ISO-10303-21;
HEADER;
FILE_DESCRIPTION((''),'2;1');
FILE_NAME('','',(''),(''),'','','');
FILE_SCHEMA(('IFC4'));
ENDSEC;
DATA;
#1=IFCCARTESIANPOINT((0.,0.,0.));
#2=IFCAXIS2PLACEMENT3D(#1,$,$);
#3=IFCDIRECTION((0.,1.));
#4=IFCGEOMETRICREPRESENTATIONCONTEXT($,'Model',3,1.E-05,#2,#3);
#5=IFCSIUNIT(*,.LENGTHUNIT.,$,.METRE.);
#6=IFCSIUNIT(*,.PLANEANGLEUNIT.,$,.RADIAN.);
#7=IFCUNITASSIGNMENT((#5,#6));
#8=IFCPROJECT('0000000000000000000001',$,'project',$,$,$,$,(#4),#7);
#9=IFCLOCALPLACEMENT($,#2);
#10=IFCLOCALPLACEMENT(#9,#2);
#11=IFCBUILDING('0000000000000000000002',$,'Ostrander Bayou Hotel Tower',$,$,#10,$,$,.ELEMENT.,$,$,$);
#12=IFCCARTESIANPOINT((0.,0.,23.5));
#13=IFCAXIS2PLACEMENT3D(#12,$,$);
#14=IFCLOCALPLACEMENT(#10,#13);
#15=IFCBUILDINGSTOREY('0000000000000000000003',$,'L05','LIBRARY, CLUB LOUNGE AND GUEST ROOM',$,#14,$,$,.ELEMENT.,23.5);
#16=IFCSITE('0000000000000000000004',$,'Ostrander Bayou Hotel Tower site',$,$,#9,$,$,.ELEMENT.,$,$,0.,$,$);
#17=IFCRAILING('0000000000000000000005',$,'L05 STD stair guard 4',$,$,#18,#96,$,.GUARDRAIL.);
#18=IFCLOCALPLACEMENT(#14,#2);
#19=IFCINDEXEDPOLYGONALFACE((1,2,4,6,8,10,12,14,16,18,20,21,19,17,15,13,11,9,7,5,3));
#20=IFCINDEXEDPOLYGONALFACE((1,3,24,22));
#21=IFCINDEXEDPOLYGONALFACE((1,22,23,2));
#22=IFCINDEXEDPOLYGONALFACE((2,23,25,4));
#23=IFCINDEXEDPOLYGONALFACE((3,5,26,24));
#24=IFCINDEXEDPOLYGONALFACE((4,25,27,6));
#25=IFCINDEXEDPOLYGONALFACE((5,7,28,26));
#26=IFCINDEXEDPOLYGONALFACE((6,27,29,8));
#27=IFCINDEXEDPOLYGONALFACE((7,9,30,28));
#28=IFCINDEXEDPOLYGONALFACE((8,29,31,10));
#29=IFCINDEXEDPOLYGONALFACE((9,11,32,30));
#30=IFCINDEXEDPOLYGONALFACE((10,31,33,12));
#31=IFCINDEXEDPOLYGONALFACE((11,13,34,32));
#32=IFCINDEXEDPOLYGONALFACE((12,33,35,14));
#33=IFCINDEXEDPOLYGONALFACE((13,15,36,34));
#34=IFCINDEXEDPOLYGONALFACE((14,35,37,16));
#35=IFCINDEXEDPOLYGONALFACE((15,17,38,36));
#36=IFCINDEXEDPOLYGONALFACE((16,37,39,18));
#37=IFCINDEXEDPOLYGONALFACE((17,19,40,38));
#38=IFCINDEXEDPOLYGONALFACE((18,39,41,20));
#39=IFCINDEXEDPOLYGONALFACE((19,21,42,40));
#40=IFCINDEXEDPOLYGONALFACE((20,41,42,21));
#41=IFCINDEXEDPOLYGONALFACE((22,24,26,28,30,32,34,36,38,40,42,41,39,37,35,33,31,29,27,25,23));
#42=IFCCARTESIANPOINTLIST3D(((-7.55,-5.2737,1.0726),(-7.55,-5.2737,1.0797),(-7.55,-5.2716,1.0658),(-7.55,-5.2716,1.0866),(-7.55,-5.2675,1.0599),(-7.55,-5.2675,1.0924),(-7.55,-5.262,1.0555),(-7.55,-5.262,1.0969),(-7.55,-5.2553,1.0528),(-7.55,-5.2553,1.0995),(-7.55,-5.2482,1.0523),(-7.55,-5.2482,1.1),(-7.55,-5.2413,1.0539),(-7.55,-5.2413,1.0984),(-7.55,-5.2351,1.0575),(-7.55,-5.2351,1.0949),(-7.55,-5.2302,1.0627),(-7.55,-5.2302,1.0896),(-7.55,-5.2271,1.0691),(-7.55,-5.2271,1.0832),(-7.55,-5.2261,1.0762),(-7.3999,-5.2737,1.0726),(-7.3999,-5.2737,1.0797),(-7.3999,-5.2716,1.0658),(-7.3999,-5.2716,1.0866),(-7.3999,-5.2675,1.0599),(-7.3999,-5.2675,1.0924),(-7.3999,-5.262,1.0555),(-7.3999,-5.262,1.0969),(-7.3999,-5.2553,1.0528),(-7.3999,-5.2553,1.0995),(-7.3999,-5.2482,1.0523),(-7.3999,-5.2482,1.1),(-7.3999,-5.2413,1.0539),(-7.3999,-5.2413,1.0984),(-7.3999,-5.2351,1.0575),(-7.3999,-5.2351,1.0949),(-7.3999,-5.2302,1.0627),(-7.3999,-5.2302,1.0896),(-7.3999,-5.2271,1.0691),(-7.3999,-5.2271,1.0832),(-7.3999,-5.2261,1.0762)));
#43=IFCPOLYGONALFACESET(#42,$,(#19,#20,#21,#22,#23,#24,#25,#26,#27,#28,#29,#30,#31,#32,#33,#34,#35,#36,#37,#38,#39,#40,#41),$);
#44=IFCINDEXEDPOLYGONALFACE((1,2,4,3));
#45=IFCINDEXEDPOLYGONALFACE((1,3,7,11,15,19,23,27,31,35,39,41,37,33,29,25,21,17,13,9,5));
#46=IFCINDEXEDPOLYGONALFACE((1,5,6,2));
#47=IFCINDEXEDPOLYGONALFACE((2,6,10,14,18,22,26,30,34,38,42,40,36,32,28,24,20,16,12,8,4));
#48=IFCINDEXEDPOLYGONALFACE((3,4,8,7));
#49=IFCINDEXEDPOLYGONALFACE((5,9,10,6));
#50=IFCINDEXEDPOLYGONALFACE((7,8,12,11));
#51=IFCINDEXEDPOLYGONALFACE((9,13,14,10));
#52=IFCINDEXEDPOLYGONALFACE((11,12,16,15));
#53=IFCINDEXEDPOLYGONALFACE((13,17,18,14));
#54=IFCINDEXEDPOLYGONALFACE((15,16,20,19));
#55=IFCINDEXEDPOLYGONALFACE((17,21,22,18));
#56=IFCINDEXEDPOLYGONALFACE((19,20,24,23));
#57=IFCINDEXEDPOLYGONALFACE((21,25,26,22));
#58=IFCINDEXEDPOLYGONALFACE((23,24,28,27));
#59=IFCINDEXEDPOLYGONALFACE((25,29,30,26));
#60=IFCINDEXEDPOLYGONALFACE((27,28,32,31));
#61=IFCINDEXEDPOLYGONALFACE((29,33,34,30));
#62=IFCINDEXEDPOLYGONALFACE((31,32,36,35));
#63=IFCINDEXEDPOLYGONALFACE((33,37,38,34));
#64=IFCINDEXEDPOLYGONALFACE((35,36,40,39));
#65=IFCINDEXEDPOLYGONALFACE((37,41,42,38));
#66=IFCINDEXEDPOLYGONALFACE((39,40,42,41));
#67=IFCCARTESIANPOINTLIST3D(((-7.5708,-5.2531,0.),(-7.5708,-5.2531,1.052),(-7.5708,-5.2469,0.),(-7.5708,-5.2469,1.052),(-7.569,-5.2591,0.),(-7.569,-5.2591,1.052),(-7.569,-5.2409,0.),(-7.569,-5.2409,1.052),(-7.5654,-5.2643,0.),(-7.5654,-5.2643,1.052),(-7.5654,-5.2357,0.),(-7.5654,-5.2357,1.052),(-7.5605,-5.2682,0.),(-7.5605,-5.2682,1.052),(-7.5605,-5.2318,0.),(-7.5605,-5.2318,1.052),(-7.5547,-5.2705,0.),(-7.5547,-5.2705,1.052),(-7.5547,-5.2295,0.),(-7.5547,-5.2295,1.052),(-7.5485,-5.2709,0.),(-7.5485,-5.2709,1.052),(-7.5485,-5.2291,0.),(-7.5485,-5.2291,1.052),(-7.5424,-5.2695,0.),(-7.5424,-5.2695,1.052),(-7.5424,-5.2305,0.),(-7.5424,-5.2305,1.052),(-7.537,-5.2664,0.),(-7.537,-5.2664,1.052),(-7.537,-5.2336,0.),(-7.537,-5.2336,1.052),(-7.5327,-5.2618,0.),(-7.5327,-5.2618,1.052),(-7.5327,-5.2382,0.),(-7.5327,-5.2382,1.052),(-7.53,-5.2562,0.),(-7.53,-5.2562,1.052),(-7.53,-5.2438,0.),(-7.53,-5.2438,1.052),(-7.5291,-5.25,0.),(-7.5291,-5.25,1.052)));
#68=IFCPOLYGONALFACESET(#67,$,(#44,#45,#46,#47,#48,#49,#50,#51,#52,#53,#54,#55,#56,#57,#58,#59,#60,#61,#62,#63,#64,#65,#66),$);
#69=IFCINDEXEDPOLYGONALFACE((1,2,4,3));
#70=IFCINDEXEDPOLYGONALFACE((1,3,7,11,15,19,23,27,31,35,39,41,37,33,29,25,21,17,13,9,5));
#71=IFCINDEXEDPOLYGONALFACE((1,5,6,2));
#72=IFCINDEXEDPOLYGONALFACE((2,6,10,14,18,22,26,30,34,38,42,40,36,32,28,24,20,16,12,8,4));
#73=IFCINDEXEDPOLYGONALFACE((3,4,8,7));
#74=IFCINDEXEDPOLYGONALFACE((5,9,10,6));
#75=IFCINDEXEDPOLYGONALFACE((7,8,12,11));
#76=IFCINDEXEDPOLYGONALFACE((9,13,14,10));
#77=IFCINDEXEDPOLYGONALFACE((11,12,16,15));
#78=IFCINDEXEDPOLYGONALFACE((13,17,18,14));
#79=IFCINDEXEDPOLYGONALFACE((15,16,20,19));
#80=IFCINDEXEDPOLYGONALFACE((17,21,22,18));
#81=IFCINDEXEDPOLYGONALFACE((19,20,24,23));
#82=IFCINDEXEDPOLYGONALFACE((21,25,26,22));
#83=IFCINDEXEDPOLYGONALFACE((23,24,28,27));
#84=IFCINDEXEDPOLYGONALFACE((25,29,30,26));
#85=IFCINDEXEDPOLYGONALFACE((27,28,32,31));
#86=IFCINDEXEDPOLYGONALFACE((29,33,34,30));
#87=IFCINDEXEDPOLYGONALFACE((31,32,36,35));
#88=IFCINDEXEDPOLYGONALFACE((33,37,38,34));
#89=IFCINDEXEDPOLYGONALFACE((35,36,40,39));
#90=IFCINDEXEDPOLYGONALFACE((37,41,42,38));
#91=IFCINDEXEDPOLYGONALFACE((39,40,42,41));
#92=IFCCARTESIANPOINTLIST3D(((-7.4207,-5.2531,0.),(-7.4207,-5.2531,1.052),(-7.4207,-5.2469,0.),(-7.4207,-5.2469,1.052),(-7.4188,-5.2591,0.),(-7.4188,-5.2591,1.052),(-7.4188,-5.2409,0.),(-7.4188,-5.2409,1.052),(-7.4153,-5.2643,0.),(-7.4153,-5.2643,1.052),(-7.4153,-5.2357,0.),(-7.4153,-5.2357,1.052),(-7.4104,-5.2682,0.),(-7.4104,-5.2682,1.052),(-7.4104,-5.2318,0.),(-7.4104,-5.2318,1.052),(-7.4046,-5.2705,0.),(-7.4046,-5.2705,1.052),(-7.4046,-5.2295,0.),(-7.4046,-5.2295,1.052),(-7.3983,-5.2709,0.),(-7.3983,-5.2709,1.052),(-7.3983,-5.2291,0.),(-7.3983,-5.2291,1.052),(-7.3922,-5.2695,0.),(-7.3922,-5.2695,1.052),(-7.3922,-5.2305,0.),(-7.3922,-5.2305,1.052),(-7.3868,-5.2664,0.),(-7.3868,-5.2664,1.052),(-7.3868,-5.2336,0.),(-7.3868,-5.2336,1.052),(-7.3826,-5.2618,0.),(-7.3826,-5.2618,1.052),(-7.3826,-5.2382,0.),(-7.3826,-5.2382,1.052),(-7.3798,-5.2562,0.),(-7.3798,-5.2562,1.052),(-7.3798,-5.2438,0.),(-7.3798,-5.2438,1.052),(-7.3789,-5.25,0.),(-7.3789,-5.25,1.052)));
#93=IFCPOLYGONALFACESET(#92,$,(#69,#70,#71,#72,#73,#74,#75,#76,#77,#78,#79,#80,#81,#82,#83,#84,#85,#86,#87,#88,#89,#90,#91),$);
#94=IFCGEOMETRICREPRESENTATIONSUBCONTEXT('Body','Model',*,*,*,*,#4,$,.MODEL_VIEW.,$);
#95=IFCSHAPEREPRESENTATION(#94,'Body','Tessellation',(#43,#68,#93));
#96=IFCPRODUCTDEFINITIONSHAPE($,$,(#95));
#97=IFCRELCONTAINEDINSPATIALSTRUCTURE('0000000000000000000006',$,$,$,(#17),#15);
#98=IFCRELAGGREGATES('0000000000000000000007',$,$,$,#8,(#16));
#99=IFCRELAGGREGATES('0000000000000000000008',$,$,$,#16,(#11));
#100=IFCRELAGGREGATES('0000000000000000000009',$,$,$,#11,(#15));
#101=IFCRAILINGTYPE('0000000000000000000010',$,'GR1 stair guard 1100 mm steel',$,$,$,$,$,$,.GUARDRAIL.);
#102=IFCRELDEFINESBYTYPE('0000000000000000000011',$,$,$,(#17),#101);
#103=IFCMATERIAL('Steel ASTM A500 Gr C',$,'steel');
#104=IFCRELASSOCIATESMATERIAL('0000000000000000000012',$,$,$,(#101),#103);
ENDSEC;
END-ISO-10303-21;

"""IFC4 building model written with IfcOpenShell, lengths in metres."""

from ifc_helpers import new_model, si_unit, direction, frame, origin, origin_2d, place, context, subcontext, project, spatial, circle, extrude, material, type_object, element, save


model = new_model("IFC4")

# Units and contexts
model_context = context("Model", 3, precision=1e-05, world=origin(), true_north=direction((0.0, 1.0)))
body_context = subcontext(model_context, "Body", "Model", "MODEL_VIEW")
ifc_project = project(units=[si_unit("LENGTHUNIT", "METRE"), si_unit("PLANEANGLEUNIT", "RADIAN")], contexts=[model_context])

# Site, building, storey
site_placement = place(None, origin())
site = spatial("IfcSite", under=ifc_project, at=site_placement, Name="Ostrander Bayou Hotel Tower site", CompositionType="ELEMENT", RefElevation=0.0)
building_placement = place(site_placement, origin())
building = spatial("IfcBuilding", under=site, at=building_placement, Name="Ostrander Bayou Hotel Tower", CompositionType="ELEMENT")
storey_placement = place(building_placement, frame((0.0, 0.0, 23.5)))
storey = spatial("IfcBuildingStorey", under=building, at=storey_placement, Name="L05", Description="LIBRARY, CLUB LOUNGE AND GUEST ROOM", CompositionType="ELEMENT", Elevation=23.5)

# Railing
ifc_material_1 = material(Name="Steel ASTM A500 Gr C", Category="steel")
railing_type_1 = type_object("IfcRailingType", Name="GR1 stair guard 1100 mm steel", PredefinedType="GUARDRAIL", material=ifc_material_1)
railing_1_placement = place(storey_placement, frame((-7.55, -5.25, 0.0)))
element("IfcRailing", 1, at=railing_1_placement, inside=storey, type_object=railing_type_1, Name="L05 STD stair guard 4", PredefinedType="GUARDRAIL", context=body_context, shape_type="SweptSolid", body=[
    extrude(circle(Radius=0.0239, at=origin_2d()), frame((0.0, 0.0, 1.0762), z_axis=(1.0, 0.0, 0.0), x_axis=(0.0, 1.0, 0.0)), (0.0, 0.0, 1.0), 0.1501),
    extrude(circle(Radius=0.021, at=origin_2d()), origin(), (0.0, 0.0, 1.0), 1.052),
    extrude(circle(Radius=0.021, at=origin_2d()), frame((0.1501, 0.0, 0.0)), (0.0, 0.0, 1.0), 1.052),
])

save(model, "model.ifc")
